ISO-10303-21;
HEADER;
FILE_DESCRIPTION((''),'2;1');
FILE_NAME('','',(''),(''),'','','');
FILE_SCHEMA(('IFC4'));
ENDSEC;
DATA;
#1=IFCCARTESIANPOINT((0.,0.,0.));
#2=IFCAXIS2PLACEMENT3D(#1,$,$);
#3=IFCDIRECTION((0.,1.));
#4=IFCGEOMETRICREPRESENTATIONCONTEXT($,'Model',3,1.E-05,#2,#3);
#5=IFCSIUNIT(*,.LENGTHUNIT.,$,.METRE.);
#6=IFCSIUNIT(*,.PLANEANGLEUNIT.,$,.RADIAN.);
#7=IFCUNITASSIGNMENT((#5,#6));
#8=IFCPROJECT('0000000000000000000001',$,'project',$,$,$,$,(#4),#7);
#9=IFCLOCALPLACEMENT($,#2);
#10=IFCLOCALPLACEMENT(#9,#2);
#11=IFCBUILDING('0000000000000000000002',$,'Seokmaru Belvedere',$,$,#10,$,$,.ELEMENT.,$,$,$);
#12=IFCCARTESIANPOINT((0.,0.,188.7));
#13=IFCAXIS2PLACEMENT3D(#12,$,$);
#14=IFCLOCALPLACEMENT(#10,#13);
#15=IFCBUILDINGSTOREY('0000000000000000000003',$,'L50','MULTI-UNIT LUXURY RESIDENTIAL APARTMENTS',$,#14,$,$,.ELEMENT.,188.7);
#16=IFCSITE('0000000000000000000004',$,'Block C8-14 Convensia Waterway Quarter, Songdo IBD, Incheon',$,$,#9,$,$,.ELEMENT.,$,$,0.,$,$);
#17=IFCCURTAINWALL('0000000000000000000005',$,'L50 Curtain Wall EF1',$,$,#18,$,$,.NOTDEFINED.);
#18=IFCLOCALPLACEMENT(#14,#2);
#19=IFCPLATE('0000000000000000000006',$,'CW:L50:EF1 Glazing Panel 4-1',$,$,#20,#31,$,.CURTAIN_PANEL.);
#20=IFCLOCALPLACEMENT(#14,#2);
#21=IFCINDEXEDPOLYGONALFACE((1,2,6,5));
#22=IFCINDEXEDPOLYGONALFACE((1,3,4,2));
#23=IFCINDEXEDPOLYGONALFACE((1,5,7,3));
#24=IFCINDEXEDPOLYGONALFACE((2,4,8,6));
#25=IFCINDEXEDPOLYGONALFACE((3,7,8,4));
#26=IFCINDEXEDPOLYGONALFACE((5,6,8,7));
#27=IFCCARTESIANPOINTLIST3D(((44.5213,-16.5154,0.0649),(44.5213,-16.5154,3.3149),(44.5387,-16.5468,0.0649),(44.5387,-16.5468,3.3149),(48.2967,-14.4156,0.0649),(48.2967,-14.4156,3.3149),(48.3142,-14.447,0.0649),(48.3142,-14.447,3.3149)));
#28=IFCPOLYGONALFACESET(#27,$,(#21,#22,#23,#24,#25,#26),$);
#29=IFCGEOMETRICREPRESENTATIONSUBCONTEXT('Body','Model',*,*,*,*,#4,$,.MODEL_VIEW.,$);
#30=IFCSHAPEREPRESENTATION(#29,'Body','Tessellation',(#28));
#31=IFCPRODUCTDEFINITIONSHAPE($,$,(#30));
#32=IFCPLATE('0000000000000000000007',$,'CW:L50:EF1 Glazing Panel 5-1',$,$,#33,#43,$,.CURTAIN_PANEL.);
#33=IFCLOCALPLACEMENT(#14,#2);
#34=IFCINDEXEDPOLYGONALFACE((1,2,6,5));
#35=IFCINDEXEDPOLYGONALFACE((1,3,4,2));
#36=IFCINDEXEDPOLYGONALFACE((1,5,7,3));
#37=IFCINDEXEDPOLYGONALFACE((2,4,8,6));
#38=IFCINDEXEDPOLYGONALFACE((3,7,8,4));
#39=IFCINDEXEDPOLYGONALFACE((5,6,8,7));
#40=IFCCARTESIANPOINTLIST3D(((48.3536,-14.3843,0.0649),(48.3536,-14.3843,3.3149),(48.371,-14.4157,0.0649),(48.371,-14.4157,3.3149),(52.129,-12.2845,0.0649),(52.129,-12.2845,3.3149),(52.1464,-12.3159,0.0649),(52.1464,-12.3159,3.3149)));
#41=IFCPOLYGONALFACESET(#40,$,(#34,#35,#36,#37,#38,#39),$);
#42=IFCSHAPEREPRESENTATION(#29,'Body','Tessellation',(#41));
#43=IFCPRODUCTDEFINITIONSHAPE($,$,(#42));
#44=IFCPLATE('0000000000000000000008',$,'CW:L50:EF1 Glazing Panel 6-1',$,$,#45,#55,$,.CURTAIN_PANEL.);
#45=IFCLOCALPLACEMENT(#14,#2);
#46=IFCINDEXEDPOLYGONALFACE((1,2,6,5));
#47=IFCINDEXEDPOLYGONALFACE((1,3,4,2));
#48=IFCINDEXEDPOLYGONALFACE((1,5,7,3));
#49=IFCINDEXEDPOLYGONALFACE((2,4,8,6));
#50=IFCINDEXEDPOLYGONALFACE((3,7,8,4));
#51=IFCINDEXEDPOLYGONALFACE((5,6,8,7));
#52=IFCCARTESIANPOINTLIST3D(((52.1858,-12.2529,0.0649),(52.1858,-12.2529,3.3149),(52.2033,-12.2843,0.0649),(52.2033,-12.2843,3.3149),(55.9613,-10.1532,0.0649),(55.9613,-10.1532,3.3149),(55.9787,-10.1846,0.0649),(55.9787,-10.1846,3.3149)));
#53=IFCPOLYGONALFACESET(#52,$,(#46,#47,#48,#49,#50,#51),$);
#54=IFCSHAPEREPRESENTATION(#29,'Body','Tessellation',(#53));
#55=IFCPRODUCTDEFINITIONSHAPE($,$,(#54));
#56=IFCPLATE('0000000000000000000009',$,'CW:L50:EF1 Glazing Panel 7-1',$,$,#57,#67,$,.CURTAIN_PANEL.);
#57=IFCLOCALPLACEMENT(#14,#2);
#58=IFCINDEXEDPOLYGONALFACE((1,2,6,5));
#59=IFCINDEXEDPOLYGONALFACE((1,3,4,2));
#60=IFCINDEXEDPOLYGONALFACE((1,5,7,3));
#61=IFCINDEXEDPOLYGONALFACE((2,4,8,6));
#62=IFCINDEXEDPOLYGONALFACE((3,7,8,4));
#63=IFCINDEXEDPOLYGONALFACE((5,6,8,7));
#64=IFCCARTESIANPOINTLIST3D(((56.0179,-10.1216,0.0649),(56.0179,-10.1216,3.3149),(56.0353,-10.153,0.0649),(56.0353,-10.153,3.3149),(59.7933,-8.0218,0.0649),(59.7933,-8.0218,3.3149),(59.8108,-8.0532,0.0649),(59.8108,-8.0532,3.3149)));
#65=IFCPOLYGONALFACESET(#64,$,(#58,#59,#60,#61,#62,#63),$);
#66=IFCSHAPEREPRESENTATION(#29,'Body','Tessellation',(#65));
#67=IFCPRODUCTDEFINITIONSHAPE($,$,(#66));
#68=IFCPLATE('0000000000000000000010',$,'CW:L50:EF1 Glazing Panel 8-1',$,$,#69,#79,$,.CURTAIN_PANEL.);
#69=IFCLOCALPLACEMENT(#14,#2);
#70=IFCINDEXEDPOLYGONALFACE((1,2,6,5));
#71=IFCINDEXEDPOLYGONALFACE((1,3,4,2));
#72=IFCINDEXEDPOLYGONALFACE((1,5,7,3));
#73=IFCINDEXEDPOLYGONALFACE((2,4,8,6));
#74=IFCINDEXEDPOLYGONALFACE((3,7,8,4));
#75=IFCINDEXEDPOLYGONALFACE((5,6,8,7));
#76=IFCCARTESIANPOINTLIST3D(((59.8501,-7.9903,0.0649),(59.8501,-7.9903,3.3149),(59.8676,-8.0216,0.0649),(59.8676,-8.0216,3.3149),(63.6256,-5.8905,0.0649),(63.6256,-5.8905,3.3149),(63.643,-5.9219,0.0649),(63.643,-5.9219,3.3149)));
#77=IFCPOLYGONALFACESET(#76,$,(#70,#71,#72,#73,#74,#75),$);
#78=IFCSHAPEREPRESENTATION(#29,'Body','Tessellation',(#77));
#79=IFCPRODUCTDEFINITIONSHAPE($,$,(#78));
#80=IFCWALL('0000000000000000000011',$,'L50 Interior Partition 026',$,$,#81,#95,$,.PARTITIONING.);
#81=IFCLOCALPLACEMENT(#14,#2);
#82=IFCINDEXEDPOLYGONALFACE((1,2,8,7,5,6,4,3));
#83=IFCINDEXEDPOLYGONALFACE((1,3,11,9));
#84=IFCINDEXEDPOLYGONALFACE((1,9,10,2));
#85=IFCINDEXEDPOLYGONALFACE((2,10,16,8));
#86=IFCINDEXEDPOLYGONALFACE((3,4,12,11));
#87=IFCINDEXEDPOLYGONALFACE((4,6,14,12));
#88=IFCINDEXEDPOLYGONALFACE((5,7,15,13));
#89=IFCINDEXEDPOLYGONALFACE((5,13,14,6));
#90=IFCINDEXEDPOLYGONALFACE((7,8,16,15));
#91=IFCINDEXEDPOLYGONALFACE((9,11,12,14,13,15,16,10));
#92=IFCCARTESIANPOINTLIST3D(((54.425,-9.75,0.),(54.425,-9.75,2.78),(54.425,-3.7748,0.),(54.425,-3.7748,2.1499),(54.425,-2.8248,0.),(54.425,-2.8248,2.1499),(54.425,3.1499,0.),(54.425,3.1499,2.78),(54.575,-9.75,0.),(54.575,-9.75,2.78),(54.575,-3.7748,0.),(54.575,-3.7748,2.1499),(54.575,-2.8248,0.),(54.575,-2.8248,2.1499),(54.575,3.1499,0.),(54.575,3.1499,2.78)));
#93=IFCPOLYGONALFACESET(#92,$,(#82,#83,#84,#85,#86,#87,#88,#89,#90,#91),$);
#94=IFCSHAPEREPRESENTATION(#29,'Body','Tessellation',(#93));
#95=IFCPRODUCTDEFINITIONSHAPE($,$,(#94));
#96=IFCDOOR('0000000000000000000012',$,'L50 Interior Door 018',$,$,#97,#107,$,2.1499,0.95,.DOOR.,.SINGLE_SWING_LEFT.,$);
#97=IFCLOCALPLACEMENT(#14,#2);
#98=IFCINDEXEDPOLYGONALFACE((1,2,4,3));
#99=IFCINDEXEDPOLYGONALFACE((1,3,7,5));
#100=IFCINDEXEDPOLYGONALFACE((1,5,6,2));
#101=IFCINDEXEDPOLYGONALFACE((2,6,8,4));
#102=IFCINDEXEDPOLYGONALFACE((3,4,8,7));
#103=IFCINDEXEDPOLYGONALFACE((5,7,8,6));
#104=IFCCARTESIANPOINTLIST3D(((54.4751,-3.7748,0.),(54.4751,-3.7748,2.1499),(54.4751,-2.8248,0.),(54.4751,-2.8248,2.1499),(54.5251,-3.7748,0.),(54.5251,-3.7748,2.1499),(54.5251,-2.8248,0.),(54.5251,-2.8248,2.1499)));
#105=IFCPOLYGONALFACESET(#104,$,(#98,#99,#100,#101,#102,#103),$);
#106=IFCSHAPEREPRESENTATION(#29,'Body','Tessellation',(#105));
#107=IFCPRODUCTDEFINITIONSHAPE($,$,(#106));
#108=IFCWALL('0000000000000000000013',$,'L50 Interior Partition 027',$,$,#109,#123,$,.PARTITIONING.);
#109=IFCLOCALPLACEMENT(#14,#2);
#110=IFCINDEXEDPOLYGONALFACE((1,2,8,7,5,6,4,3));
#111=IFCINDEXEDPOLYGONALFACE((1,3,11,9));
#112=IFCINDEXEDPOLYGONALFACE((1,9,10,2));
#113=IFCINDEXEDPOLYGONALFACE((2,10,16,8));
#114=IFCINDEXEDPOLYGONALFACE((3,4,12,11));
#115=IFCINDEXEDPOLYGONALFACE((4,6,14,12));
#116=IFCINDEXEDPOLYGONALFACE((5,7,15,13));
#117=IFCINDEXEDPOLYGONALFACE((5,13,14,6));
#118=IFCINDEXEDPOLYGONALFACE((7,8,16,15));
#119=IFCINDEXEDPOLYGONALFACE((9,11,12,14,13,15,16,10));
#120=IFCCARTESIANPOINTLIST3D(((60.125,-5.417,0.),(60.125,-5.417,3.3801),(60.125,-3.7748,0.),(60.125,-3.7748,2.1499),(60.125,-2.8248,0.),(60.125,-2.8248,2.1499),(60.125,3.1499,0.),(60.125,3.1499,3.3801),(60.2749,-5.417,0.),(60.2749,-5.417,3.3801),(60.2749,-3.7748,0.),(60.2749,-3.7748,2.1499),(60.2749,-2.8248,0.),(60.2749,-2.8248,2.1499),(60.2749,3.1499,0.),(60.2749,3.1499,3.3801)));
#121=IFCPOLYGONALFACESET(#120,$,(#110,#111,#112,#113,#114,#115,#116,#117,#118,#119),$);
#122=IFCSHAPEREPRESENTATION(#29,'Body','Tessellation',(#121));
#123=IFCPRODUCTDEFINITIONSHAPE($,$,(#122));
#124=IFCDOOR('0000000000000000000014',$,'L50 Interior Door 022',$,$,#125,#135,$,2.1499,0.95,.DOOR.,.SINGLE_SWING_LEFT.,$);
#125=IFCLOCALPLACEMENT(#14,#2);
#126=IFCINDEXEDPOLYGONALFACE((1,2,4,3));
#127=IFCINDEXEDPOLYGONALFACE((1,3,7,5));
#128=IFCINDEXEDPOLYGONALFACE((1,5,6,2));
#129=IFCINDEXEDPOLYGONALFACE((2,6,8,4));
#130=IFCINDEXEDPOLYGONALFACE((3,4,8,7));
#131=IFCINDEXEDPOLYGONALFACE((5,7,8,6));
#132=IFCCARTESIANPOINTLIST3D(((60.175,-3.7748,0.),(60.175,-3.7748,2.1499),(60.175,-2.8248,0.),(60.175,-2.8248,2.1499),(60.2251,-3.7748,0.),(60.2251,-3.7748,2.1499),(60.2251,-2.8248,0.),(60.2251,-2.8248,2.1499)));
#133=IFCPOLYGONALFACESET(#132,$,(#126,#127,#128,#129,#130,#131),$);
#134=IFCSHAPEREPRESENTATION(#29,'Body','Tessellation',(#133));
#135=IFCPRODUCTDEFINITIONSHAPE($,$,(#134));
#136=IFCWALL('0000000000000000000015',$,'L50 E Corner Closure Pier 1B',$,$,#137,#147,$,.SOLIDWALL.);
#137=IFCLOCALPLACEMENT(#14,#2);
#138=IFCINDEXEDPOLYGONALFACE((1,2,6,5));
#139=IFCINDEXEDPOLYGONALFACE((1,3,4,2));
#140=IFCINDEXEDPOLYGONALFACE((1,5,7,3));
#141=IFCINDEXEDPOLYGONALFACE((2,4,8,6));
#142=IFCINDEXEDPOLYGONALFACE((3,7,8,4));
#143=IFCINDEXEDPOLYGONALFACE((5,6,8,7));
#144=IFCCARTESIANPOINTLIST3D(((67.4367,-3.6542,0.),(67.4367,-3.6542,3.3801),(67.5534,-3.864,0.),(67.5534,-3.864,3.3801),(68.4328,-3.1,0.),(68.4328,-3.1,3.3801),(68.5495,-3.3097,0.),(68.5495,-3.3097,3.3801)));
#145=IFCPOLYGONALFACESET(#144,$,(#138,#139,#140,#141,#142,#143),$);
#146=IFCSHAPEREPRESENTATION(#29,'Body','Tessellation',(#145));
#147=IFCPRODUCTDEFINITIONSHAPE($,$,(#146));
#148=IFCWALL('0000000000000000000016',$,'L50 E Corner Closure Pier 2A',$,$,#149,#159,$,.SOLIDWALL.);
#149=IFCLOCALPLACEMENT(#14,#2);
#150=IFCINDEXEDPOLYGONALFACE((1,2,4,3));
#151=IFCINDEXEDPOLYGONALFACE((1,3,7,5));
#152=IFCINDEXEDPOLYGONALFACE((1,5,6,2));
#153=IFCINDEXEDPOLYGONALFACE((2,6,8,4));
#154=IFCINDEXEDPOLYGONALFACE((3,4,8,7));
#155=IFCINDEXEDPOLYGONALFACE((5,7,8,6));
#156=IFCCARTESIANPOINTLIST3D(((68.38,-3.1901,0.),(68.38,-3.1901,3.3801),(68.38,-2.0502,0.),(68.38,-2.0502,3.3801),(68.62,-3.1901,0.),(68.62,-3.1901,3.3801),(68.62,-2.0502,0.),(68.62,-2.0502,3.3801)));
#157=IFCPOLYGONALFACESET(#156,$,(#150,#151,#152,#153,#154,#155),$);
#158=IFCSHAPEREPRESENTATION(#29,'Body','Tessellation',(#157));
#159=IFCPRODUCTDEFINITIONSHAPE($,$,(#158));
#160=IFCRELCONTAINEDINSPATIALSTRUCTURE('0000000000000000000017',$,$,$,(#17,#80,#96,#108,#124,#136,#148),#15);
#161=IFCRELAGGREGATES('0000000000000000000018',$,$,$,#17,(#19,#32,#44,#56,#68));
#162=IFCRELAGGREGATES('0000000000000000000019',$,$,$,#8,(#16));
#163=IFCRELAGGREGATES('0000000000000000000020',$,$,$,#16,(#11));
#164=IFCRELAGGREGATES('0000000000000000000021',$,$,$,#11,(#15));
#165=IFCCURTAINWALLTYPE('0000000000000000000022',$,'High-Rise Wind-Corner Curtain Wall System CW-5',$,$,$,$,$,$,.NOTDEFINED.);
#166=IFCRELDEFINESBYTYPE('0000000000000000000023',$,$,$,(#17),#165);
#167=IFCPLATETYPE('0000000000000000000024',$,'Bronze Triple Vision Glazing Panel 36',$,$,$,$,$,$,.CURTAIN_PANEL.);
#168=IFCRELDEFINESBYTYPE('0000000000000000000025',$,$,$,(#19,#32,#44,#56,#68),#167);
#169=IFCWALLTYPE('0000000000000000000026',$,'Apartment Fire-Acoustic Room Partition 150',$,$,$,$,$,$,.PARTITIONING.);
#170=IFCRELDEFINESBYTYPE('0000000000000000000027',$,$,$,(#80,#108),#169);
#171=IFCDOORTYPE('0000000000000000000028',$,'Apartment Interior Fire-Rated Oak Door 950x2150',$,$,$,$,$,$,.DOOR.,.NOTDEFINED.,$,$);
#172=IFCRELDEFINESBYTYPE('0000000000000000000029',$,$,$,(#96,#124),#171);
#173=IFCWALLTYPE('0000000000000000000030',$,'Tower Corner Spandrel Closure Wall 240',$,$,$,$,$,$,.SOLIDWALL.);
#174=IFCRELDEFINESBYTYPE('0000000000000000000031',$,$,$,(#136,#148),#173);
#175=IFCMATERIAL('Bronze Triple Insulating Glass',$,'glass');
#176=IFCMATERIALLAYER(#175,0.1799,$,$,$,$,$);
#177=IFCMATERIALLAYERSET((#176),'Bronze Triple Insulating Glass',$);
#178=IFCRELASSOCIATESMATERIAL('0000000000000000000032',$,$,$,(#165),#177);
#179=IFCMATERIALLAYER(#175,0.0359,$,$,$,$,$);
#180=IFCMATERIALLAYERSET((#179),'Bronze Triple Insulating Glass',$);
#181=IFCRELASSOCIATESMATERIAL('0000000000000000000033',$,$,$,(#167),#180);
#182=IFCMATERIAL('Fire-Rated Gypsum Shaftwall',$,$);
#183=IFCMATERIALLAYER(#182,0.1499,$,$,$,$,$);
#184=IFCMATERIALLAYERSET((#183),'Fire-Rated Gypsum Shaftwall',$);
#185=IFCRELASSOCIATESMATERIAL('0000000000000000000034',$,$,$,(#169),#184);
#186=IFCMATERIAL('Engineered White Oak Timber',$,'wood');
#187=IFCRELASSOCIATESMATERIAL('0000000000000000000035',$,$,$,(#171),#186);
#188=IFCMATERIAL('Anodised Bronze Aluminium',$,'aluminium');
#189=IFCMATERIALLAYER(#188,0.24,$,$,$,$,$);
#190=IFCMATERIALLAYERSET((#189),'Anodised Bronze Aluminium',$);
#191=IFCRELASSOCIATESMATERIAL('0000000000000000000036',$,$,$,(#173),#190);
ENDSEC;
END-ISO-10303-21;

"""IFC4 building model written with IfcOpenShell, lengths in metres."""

from ifc_helpers import new_model, si_unit, direction, frame, frame_2d, origin, origin_2d, place, context, subcontext, project, spatial, rectangle, extrude, source, transform, mapped, material, layer, layer_set, type_object, type_shapes, element, fill, aggregate, save


model = new_model("IFC4")

# Units and contexts
model_context = context("Model", 3, precision=1e-05, world=origin(), true_north=direction((0.0, 1.0)))
body_context = subcontext(model_context, "Body", "Model", "MODEL_VIEW")
ifc_project = project(units=[si_unit("LENGTHUNIT", "METRE"), si_unit("PLANEANGLEUNIT", "RADIAN")], contexts=[model_context])

# Site, building, storey
site_placement = place(None, origin())
site = spatial("IfcSite", under=ifc_project, at=site_placement, Name="Block C8-14 Convensia Waterway Quarter, Songdo IBD, Incheon", CompositionType="ELEMENT", RefElevation=0.0)
building_placement = place(site_placement, origin())
building = spatial("IfcBuilding", under=site, at=building_placement, Name="Seokmaru Belvedere", CompositionType="ELEMENT")
storey_placement = place(building_placement, frame((0.0, 0.0, 188.7)))
storey = spatial("IfcBuildingStorey", under=building, at=storey_placement, Name="L50", Description="MULTI-UNIT LUXURY RESIDENTIAL APARTMENTS", CompositionType="ELEMENT", Elevation=188.7)

# Curtain wall, plates
ifc_material_1 = material(Name="Bronze Triple Insulating Glass", Category="glass")
ifc_layer_1 = layer(ifc_material_1, 0.1799)
ifc_layer_set_1 = layer_set([ifc_layer_1], Name="Bronze Triple Insulating Glass")
curtain_wall_type = type_object("IfcCurtainWallType", Name="High-Rise Wind-Corner Curtain Wall System CW-5", PredefinedType="NOTDEFINED", material=ifc_layer_set_1)
curtain_wall_placement = place(storey_placement, origin())
curtain_wall = element("IfcCurtainWall", 1, at=curtain_wall_placement, inside=storey, type_object=curtain_wall_type, Name="L50 Curtain Wall EF1", PredefinedType="NOTDEFINED")
ifc_material_2 = material(Name="Anodised Bronze Aluminium", Category="aluminium")
ifc_layer_2 = layer(ifc_material_1, 0.0359)
ifc_layer_set_2 = layer_set([ifc_layer_2], Name="Bronze Triple Insulating Glass")
plate_type = type_object("IfcPlateType", Name="Bronze Triple Vision Glazing Panel 36", PredefinedType="CURTAIN_PANEL", material=ifc_layer_set_2)
shared_shape_1 = source(origin(), body_context, "Body", "SweptSolid", [
    extrude(rectangle(XDim=4.3201, YDim=0.0359, at=origin_2d()), origin(), (0.0, 0.0, 1.0), 3.25),
])
plate_1_placement = place(storey_placement, frame((46.4177, -15.4812, 0.0649), z_axis=(0.0, 0.0, 1.0), x_axis=(0.873933, 0.486047, 0.0)))
plate_1 = element("IfcPlate", 2, at=plate_1_placement, type_object=plate_type, Name="CW:L50:EF1 Glazing Panel 4-1", PredefinedType="CURTAIN_PANEL", context=body_context, shape_type="MappedRepresentation", body=[
    mapped(shared_shape_1, transform((0.0, 0.0, 0.0), scale=1.0)),
])
plate_2_placement = place(storey_placement, frame((50.25, -13.3501, 0.0649), z_axis=(0.0, 0.0, 1.0), x_axis=(0.873933, 0.486047, 0.0)))
plate_2 = element("IfcPlate", 3, at=plate_2_placement, type_object=plate_type, Name="CW:L50:EF1 Glazing Panel 5-1", PredefinedType="CURTAIN_PANEL", context=body_context, shape_type="MappedRepresentation", body=[
    mapped(shared_shape_1, transform((0.0, 0.0, 0.0), scale=1.0)),
])
plate_3_placement = place(storey_placement, frame((54.0823, -11.2188, 0.0649), z_axis=(0.0, 0.0, 1.0), x_axis=(0.873933, 0.486047, 0.0)))
plate_3 = element("IfcPlate", 4, at=plate_3_placement, type_object=plate_type, Name="CW:L50:EF1 Glazing Panel 6-1", PredefinedType="CURTAIN_PANEL", context=body_context, shape_type="MappedRepresentation", body=[
    mapped(shared_shape_1, transform((0.0, 0.0, 0.0), scale=1.0)),
])
plate_4_placement = place(storey_placement, frame((57.9143, -9.0874, 0.0649), z_axis=(0.0, 0.0, 1.0), x_axis=(0.873933, 0.486047, 0.0)))
plate_4 = element("IfcPlate", 5, at=plate_4_placement, type_object=plate_type, Name="CW:L50:EF1 Glazing Panel 7-1", PredefinedType="CURTAIN_PANEL", context=body_context, shape_type="MappedRepresentation", body=[
    mapped(shared_shape_1, transform((0.0, 0.0, 0.0), scale=1.0)),
])
plate_5_placement = place(storey_placement, frame((61.7466, -6.9561, 0.0649), z_axis=(0.0, 0.0, 1.0), x_axis=(0.873933, 0.486047, 0.0)))
plate_5 = element("IfcPlate", 6, at=plate_5_placement, type_object=plate_type, Name="CW:L50:EF1 Glazing Panel 8-1", PredefinedType="CURTAIN_PANEL", context=body_context, shape_type="MappedRepresentation", body=[
    mapped(shared_shape_1, transform((0.0, 0.0, 0.0), scale=1.0)),
])
aggregate(curtain_wall, [plate_1, plate_2, plate_3, plate_4, plate_5])

# Walls, openings, doors
ifc_material_3 = material(Name="Fire-Rated Gypsum Shaftwall")
ifc_layer_3 = layer(ifc_material_3, 0.1499)
ifc_layer_set_3 = layer_set([ifc_layer_3], Name="Fire-Rated Gypsum Shaftwall")
wall_type_1 = type_object("IfcWallType", Name="Apartment Fire-Acoustic Room Partition 150", PredefinedType="PARTITIONING", material=ifc_layer_set_3)
wall_1_placement = place(storey_placement, frame((54.5, -9.75, 0.0), z_axis=(0.0, 0.0, 1.0), x_axis=(0.0, 1.0, 0.0)))
wall_1 = element("IfcWall", 7, at=wall_1_placement, inside=storey, type_object=wall_type_1, Name="L50 Interior Partition 026", PredefinedType="PARTITIONING", context=body_context, shape_type="SweptSolid", body=[
    extrude(rectangle(XDim=12.8999, YDim=0.1499, at=frame_2d((6.45, 0.0))), origin(), (0.0, 0.0, 1.0), 2.78),
])
opening_1_placement = place(wall_1_placement, frame((5.9751, 0.0, 0.0)))
opening_1 = element("IfcOpeningElement", 8, at=opening_1_placement, cuts=wall_1, PredefinedType="OPENING", context=body_context, shape_type="SweptSolid", body=[
    extrude(rectangle(XDim=0.95, YDim=2.1499, at=frame_2d((0.4751, 1.075))), frame((0.0, 0.085, 0.0), z_axis=(0.0, -1.0, 0.0), x_axis=(1.0, 0.0, 0.0)), (0.0, 0.0, 1.0), 0.1699),
])
ifc_material_4 = material(Name="Engineered White Oak Timber", Category="wood")
door_type = type_object("IfcDoorType", Name="Apartment Interior Fire-Rated Oak Door 950x2150", OperationType="NOTDEFINED", PredefinedType="DOOR", material=ifc_material_4)
shared_shape_2 = source(origin(), body_context, "Body", "SweptSolid", [
    extrude(rectangle(XDim=0.95, YDim=2.1499, at=frame_2d((0.4751, 1.075))), frame((0.0, 0.0249, 0.0), z_axis=(0.0, -1.0, 0.0), x_axis=(1.0, 0.0, 0.0)), (0.0, 0.0, 1.0), 0.05),
])
type_shapes(door_type, [shared_shape_2])
door_1_placement = place(opening_1_placement, origin())
door_1 = element("IfcDoor", 9, at=door_1_placement, inside=storey, type_object=door_type, Name="L50 Interior Door 018", OperationType="SINGLE_SWING_LEFT", OverallHeight=2.1499, OverallWidth=0.95, PredefinedType="DOOR", context=body_context, shape_type="MappedRepresentation", body=[
    mapped(shared_shape_2, transform((0.0, 0.0, 0.0), scale=1.0)),
])
fill(opening_1, door_1)
wall_2_placement = place(storey_placement, frame((60.2, -5.417, 0.0), z_axis=(0.0, 0.0, 1.0), x_axis=(0.0, 1.0, 0.0)))
wall_2 = element("IfcWall", 10, at=wall_2_placement, inside=storey, type_object=wall_type_1, Name="L50 Interior Partition 027", PredefinedType="PARTITIONING", context=body_context, shape_type="SweptSolid", body=[
    extrude(rectangle(XDim=8.5669, YDim=0.1499, at=frame_2d((4.2834, 0.0))), origin(), (0.0, 0.0, 1.0), 3.3801),
])
opening_2_placement = place(wall_2_placement, frame((1.6421, 0.0, 0.0)))
opening_2 = element("IfcOpeningElement", 11, at=opening_2_placement, cuts=wall_2, PredefinedType="OPENING", context=body_context, shape_type="SweptSolid", body=[
    extrude(rectangle(XDim=0.95, YDim=2.1499, at=frame_2d((0.4751, 1.075))), frame((0.0, 0.085, 0.0), z_axis=(0.0, -1.0, 0.0), x_axis=(1.0, 0.0, 0.0)), (0.0, 0.0, 1.0), 0.1699),
])
door_2_placement = place(opening_2_placement, origin())
door_2 = element("IfcDoor", 12, at=door_2_placement, inside=storey, type_object=door_type, Name="L50 Interior Door 022", OperationType="SINGLE_SWING_LEFT", OverallHeight=2.1499, OverallWidth=0.95, PredefinedType="DOOR", context=body_context, shape_type="MappedRepresentation", body=[
    mapped(shared_shape_2, transform((0.0, 0.0, 0.0), scale=1.0)),
])
fill(opening_2, door_2)

# Walls
ifc_layer_4 = layer(ifc_material_2, 0.24)
ifc_layer_set_4 = layer_set([ifc_layer_4], Name="Anodised Bronze Aluminium")
wall_type_2 = type_object("IfcWallType", Name="Tower Corner Spandrel Closure Wall 240", PredefinedType="SOLIDWALL", material=ifc_layer_set_4)
for number, where, z_axis, x_axis, name in (
    (13, (67.4951, -3.759, 0.0), (0.0, 0.0, 1.0), (0.873854, 0.486188, 0.0), "L50 E Corner Closure Pier 1B"),
    (14, (68.5, -3.1899, 0.0), (0.0, 0.0, 1.0), (0.0, 1.0, 0.0), "L50 E Corner Closure Pier 2A"),
):
    element("IfcWall", number, at=place(storey_placement, frame(where, z_axis=z_axis, x_axis=x_axis)), inside=storey, type_object=wall_type_2, Name=name, PredefinedType="SOLIDWALL", context=body_context, shape_type="SweptSolid", body=[
        extrude(rectangle(XDim=1.1399, YDim=0.24, at=frame_2d((0.5698, 0.0))), origin(), (0.0, 0.0, 1.0), 3.3801),
    ])

save(model, "model.ifc")
